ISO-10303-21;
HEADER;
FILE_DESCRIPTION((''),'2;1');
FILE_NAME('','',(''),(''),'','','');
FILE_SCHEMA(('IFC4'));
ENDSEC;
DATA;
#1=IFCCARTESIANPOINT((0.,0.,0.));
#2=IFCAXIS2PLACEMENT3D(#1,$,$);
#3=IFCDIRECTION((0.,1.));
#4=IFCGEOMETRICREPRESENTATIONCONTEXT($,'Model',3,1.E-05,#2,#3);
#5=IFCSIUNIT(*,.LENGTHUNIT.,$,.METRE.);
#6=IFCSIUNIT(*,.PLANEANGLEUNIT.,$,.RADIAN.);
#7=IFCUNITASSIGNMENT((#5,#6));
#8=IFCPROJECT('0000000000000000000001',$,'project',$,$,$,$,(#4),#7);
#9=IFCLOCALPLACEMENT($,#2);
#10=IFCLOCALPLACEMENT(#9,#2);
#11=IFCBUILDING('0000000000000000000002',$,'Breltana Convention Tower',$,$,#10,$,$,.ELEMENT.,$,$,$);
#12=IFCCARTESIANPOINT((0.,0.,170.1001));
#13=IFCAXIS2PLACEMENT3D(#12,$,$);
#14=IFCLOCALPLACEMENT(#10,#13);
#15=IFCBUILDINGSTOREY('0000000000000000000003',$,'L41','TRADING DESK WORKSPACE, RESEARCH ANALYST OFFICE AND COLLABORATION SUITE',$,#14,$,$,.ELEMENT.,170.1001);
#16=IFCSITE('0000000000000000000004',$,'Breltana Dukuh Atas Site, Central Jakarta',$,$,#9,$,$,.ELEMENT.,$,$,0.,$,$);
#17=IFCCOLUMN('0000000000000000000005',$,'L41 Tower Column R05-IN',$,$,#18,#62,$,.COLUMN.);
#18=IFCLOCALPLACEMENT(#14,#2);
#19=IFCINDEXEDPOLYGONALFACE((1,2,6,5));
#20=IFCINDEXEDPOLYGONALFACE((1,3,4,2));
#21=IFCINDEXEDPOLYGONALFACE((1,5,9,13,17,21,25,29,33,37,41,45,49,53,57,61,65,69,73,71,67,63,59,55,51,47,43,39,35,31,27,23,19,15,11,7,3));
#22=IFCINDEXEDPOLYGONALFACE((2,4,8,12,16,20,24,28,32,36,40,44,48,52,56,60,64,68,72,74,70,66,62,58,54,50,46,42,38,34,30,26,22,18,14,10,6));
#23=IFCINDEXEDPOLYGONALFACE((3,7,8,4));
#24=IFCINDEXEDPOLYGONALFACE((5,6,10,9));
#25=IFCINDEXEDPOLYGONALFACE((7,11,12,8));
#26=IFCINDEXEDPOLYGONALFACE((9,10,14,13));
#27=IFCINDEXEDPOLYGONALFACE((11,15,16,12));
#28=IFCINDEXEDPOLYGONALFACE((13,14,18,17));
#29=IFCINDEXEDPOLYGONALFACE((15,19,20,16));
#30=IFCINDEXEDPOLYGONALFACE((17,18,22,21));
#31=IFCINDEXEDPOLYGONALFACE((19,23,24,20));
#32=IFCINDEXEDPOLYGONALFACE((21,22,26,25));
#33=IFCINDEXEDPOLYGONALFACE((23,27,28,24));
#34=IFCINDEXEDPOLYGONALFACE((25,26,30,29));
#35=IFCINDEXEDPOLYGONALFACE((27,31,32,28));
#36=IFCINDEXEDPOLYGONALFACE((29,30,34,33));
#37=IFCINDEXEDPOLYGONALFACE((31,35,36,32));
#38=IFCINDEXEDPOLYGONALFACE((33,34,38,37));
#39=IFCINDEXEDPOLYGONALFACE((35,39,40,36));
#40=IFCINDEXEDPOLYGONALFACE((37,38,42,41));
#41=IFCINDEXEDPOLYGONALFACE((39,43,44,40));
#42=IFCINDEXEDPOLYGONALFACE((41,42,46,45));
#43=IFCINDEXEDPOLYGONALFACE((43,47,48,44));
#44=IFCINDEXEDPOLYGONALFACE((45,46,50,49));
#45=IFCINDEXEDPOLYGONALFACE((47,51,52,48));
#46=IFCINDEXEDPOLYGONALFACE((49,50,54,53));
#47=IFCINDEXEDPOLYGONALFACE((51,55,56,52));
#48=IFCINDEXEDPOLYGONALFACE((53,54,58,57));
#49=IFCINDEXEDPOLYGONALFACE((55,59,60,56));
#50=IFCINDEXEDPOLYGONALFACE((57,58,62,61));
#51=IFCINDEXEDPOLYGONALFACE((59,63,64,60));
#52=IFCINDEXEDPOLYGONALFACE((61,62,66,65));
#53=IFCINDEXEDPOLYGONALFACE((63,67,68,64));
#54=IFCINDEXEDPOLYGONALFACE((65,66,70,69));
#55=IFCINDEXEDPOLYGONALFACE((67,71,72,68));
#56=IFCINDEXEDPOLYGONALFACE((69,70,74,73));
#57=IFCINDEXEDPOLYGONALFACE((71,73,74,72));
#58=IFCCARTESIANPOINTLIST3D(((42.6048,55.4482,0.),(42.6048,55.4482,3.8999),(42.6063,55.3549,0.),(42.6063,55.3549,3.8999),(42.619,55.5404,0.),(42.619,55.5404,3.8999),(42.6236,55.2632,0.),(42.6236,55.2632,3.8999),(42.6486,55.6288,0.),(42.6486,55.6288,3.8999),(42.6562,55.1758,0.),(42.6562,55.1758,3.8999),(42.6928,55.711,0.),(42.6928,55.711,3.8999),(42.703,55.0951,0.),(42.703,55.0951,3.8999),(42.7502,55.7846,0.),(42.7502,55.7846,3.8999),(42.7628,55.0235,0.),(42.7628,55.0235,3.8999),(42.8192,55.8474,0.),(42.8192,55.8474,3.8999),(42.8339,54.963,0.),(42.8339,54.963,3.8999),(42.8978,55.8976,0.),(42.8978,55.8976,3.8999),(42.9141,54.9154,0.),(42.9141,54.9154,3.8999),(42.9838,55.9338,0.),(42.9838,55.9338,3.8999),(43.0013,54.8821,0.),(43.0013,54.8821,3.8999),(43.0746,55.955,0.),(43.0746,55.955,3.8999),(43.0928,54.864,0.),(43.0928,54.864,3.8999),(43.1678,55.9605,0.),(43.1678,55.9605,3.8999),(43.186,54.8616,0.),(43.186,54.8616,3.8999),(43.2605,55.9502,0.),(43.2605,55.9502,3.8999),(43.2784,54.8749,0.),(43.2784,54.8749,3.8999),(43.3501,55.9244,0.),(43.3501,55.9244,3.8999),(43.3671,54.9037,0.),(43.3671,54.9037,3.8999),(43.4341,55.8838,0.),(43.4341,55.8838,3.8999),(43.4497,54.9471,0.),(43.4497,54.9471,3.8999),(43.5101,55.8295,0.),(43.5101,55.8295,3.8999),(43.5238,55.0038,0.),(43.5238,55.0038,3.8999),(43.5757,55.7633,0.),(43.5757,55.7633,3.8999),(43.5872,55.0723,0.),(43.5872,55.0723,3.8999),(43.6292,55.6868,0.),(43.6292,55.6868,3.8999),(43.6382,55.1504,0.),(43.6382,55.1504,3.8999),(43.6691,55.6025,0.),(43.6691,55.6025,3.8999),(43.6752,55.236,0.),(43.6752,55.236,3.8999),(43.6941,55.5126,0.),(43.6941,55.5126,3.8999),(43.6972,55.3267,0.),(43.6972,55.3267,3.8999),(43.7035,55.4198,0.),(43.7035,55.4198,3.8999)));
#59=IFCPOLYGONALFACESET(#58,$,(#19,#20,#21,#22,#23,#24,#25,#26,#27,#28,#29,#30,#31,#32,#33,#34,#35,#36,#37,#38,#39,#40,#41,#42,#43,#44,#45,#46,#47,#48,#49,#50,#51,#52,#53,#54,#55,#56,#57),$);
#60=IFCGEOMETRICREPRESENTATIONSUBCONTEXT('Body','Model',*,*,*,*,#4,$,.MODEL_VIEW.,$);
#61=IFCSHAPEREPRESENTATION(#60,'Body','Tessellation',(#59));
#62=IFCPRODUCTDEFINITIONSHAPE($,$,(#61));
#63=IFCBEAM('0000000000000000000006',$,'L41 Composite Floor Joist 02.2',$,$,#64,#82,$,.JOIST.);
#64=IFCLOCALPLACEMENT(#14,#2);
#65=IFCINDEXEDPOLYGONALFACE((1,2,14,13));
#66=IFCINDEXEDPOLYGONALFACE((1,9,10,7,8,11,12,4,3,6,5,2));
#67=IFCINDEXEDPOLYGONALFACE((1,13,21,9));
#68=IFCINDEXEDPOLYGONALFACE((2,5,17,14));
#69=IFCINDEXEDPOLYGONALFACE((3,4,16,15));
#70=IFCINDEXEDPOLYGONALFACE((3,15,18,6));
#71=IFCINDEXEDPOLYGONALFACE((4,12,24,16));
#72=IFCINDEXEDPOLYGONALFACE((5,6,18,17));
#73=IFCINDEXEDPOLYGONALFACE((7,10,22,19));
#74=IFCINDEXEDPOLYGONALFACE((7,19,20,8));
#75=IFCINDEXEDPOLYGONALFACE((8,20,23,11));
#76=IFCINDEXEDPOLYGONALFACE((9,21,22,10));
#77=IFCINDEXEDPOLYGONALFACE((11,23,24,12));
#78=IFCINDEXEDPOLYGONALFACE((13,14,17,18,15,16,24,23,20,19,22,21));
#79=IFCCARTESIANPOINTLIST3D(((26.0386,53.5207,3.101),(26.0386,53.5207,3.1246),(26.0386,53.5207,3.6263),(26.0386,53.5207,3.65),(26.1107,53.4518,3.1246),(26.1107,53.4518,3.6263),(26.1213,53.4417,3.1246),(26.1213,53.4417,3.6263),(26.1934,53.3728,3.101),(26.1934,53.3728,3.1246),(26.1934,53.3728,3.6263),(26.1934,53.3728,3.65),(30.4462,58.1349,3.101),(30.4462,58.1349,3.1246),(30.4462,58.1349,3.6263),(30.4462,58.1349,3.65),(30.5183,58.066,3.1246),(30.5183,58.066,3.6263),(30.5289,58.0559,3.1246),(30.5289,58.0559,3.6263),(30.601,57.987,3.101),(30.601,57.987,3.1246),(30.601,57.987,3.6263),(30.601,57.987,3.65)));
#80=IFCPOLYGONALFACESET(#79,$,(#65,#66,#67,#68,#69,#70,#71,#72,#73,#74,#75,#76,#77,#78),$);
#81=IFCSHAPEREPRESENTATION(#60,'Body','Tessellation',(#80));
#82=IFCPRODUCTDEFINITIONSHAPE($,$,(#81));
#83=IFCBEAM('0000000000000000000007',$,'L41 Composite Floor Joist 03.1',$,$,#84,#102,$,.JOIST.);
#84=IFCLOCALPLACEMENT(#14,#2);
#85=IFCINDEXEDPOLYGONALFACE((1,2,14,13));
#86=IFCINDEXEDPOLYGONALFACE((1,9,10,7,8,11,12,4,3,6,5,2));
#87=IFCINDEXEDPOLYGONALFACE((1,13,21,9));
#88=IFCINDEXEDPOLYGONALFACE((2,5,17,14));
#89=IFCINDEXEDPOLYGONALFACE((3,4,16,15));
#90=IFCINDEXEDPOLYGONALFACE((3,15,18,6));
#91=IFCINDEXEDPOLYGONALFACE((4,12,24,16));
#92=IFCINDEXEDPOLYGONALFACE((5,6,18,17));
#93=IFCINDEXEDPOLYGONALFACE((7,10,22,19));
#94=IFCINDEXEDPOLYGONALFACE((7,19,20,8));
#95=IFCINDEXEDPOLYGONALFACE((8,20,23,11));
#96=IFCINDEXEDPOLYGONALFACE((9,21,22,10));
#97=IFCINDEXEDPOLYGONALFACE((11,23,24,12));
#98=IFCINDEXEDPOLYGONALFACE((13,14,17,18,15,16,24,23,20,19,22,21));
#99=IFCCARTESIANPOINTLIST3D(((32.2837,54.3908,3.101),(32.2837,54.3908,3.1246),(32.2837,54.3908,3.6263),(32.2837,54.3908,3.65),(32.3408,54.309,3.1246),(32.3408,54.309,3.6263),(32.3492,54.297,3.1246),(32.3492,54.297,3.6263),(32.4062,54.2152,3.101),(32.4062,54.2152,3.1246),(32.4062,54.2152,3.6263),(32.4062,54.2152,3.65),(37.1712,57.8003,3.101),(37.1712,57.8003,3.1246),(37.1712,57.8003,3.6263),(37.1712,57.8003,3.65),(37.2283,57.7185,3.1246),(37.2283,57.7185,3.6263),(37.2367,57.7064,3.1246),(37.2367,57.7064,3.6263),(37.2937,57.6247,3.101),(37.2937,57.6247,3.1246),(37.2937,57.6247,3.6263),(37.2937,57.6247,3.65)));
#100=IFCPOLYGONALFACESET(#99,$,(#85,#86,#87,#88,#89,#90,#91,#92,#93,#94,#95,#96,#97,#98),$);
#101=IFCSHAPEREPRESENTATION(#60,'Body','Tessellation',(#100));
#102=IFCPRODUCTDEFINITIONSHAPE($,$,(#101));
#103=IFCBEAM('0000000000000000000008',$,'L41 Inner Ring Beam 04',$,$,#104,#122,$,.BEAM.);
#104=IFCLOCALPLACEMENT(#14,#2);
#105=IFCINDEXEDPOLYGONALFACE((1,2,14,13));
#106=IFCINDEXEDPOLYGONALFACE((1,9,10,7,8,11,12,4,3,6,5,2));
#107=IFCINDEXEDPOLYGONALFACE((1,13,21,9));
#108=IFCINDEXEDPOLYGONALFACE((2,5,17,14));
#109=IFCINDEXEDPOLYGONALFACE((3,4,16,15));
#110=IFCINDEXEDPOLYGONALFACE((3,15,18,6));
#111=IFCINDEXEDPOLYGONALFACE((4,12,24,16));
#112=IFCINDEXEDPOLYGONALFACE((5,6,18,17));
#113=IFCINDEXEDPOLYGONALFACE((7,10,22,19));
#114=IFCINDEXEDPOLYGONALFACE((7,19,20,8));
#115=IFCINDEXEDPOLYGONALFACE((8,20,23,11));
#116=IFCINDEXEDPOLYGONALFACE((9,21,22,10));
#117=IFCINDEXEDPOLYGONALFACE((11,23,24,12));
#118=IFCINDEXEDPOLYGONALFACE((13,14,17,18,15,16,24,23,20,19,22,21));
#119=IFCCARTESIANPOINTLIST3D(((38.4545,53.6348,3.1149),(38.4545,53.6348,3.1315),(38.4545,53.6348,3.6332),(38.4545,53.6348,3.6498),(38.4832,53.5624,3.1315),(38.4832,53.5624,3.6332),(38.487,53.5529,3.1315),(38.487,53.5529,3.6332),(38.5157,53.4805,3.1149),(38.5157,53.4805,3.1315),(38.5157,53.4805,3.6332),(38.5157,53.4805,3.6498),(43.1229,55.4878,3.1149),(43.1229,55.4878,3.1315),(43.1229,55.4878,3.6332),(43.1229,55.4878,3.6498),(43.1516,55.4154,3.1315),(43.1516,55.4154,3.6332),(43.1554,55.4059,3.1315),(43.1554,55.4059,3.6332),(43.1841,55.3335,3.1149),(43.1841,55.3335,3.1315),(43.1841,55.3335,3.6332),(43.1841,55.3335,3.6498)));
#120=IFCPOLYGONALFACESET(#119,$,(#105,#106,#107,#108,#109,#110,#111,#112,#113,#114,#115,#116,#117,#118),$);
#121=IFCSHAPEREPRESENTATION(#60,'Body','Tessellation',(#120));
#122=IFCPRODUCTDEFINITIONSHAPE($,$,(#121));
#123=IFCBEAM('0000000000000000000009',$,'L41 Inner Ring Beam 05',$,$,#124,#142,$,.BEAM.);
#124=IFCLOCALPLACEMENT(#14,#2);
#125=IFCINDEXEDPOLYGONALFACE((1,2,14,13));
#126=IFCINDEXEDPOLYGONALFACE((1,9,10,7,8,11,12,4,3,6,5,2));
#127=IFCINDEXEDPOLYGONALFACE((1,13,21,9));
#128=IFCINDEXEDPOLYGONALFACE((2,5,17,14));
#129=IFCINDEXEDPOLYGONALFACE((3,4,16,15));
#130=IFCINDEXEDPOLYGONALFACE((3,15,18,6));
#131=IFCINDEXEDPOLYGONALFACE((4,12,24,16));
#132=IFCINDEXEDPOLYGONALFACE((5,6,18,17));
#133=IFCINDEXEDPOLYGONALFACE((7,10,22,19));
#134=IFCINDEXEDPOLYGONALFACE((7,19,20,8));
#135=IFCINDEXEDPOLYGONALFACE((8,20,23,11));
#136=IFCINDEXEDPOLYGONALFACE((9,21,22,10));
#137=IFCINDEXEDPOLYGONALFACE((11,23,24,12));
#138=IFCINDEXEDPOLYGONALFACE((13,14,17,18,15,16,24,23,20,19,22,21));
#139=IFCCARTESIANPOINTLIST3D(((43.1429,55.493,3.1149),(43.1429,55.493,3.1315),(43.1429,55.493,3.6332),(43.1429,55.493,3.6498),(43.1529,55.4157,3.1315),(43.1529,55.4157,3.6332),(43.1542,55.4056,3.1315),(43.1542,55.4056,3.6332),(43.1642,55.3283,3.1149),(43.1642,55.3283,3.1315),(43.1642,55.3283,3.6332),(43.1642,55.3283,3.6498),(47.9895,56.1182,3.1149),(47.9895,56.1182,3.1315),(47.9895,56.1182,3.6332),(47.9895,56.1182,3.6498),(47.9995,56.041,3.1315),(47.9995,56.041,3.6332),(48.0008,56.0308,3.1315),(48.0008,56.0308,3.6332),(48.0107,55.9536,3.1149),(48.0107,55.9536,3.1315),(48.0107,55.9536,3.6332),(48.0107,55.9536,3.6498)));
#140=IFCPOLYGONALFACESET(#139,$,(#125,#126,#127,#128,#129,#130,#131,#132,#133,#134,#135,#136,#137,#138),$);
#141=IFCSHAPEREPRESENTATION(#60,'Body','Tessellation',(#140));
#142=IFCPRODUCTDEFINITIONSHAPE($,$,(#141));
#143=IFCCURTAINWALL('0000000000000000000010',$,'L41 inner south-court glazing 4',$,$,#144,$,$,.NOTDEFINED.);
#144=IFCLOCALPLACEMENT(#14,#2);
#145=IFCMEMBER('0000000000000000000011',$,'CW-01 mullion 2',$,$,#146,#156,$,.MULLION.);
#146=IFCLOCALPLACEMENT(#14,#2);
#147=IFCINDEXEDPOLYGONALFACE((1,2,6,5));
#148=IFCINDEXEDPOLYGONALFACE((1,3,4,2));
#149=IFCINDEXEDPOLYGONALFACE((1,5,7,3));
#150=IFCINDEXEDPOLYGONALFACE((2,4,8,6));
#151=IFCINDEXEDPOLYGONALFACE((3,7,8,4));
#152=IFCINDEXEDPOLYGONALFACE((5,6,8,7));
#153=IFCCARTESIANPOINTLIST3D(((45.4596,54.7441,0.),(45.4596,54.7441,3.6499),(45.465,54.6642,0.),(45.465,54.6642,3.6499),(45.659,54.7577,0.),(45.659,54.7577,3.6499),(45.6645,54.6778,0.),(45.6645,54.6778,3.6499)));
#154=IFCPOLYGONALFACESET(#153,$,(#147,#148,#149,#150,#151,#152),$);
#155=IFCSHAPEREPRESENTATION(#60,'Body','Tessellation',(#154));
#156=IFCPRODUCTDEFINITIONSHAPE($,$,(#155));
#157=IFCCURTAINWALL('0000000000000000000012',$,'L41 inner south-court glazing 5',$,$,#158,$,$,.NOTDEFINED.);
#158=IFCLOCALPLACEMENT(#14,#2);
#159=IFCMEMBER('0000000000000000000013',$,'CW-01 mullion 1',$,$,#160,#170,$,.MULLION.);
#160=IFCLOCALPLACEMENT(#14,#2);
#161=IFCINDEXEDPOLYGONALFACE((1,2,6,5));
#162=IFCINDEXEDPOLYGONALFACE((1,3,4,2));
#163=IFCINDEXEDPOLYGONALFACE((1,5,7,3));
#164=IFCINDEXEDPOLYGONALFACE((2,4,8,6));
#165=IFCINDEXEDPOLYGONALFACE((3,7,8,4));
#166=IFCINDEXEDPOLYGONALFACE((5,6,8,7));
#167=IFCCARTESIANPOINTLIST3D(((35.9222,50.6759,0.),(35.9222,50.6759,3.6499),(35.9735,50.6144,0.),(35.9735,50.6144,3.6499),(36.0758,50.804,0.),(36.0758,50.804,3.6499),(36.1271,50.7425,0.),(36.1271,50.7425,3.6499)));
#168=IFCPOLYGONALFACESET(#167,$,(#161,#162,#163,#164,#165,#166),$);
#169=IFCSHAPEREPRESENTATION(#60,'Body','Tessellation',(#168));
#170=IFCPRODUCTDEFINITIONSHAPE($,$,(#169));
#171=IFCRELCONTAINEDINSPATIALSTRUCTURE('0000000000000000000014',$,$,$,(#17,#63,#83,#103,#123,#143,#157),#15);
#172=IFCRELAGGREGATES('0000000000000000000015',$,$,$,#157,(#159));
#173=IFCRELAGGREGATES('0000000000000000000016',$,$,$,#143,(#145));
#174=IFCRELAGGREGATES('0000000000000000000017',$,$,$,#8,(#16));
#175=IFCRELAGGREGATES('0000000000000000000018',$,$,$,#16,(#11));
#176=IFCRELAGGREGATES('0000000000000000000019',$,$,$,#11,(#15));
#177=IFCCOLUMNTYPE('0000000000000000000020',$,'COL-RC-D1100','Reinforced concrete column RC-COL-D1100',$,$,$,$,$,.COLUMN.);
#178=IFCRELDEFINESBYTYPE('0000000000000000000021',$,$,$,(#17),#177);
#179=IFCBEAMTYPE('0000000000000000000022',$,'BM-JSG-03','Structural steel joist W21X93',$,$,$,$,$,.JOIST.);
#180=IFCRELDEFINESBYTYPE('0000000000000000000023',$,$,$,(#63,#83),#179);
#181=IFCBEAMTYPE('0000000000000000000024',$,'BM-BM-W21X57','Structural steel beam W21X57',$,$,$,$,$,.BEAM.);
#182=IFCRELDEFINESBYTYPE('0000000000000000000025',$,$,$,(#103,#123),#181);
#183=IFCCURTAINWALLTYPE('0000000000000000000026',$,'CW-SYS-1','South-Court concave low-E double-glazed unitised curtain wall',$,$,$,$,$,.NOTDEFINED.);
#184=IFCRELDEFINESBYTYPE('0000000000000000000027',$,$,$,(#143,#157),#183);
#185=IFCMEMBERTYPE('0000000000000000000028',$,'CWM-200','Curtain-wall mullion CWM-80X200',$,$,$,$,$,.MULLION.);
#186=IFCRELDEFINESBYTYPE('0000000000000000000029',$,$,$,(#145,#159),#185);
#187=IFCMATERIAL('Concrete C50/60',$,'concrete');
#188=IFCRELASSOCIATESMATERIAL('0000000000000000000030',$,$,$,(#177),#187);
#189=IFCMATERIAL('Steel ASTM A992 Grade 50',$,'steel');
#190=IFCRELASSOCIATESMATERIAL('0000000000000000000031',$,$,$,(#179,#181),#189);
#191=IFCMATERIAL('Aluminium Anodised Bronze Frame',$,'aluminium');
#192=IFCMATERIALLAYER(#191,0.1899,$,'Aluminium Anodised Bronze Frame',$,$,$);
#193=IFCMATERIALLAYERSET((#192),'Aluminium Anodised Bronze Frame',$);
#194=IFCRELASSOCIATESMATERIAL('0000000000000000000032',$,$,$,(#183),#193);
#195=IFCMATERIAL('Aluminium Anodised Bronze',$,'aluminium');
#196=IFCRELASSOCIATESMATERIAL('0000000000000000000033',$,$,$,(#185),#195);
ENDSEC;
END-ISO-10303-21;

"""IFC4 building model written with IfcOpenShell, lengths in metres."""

from ifc_helpers import new_model, si_unit, direction, frame, origin, origin_2d, place, context, subcontext, project, spatial, rectangle, circle, i_section, extrude, source, transform, mapped, material, layer, layer_set, material_profile, profile_set, type_object, element, aggregate, save


model = new_model("IFC4")

# Units and contexts
model_context = context("Model", 3, precision=1e-05, world=origin(), true_north=direction((0.0, 1.0)))
body_context = subcontext(model_context, "Body", "Model", "MODEL_VIEW")
ifc_project = project(units=[si_unit("LENGTHUNIT", "METRE"), si_unit("PLANEANGLEUNIT", "RADIAN")], contexts=[model_context])

# Site, building, storey
site_placement = place(None, origin())
site = spatial("IfcSite", under=ifc_project, at=site_placement, Name="Breltana Dukuh Atas Site, Central Jakarta", CompositionType="ELEMENT", RefElevation=0.0)
building_placement = place(site_placement, origin())
building = spatial("IfcBuilding", under=site, at=building_placement, Name="Breltana Convention Tower", CompositionType="ELEMENT")
storey_placement = place(building_placement, frame((0.0, 0.0, 170.1001)))
storey = spatial("IfcBuildingStorey", under=building, at=storey_placement, Name="L41", Description="TRADING DESK WORKSPACE, RESEARCH ANALYST OFFICE AND COLLABORATION SUITE", CompositionType="ELEMENT", Elevation=170.1001)

# Column
ifc_material_1 = material(Name="Concrete C50/60", Category="concrete")
ifc_material_profile_1 = material_profile(ifc_material_1, circle(Radius=0.55, at=origin_2d()), Name="RC-COL-D1100")
ifc_profile_set_1 = profile_set([ifc_material_profile_1], Name="Concrete C50/60")
column_type = type_object("IfcColumnType", Name="COL-RC-D1100", Description="Reinforced concrete column RC-COL-D1100", PredefinedType="COLUMN", material=ifc_profile_set_1)
shared_shape_1 = source(origin(), body_context, "Body", "SweptSolid", [
    extrude(circle(Radius=0.55, at=origin_2d()), origin(), (0.0, 0.0, 1.0), 3.8999),
])
for number, where, z_axis, x_axis, name in (
    (1, (43.1536, 55.4106, 0.0), (0.0, 0.0, 1.0), (-0.143493, 0.989651, 0.0), "L41 Tower Column R05-IN"),
):
    element("IfcColumn", number, at=place(storey_placement, frame(where, z_axis=z_axis, x_axis=x_axis)), inside=storey, type_object=column_type, Name=name, PredefinedType="COLUMN", context=body_context, shape_type="MappedRepresentation", body=[
        mapped(shared_shape_1, transform((0.0, 0.0, 0.0), scale=1.0)),
    ])

# Beams
ifc_material_2 = material(Name="Steel ASTM A992 Grade 50", Category="steel")
ifc_material_profile_2 = material_profile(ifc_material_2, i_section(OverallWidth=0.2141, OverallDepth=0.5491, WebThickness=0.0146, FlangeThickness=0.0237, at=origin_2d()), Name="W21X93")
ifc_profile_set_2 = profile_set([ifc_material_profile_2], Name="Steel ASTM A992 Grade 50")
beam_type_1 = type_object("IfcBeamType", Name="BM-JSG-03", Description="Structural steel joist W21X93", PredefinedType="JOIST", material=ifc_profile_set_2)
shared_shape_2 = source(origin(), body_context, "Body", "SweptSolid", [
    extrude(i_section(OverallWidth=0.2141, OverallDepth=0.5491, WebThickness=0.0146, FlangeThickness=0.0237, at=origin_2d()), origin(), (0.0, 0.0, 1.0), 6.3811),
])
beam_1_placement = place(storey_placement, frame((26.116, 53.4468, 3.3755), z_axis=(0.690738, 0.723105, 0.0), x_axis=(-0.723105, 0.690738, 0.0)))
element("IfcBeam", 2, at=beam_1_placement, inside=storey, type_object=beam_type_1, Name="L41 Composite Floor Joist 02.2", PredefinedType="JOIST", context=body_context, shape_type="MappedRepresentation", body=[
    mapped(shared_shape_2, transform((0.0, 0.0, 0.0), scale=1.0)),
])
shared_shape_3 = source(origin(), body_context, "Body", "SweptSolid", [
    extrude(i_section(OverallWidth=0.2141, OverallDepth=0.5491, WebThickness=0.0146, FlangeThickness=0.0237, at=origin_2d()), origin(), (0.0, 0.0, 1.0), 5.9592),
])
beam_2_placement = place(storey_placement, frame((32.345, 54.303, 3.3755), z_axis=(0.82016, 0.572134, 0.0), x_axis=(-0.572134, 0.82016, 0.0)))
element("IfcBeam", 3, at=beam_2_placement, inside=storey, type_object=beam_type_1, Name="L41 Composite Floor Joist 03.1", PredefinedType="JOIST", context=body_context, shape_type="MappedRepresentation", body=[
    mapped(shared_shape_3, transform((0.0, 0.0, 0.0), scale=1.0)),
])
ifc_material_profile_3 = material_profile(ifc_material_2, i_section(OverallWidth=0.166, OverallDepth=0.5349, WebThickness=0.0103, FlangeThickness=0.0166, at=origin_2d()), Name="W21X57")
ifc_profile_set_3 = profile_set([ifc_material_profile_3], Name="Steel ASTM A992 Grade 50")
beam_type_2 = type_object("IfcBeamType", Name="BM-BM-W21X57", Description="Structural steel beam W21X57", PredefinedType="BEAM", material=ifc_profile_set_3)
shared_shape_4 = source(origin(), body_context, "Body", "SweptSolid", [
    extrude(i_section(OverallWidth=0.166, OverallDepth=0.5349, WebThickness=0.0103, FlangeThickness=0.0166, at=origin_2d()), origin(), (0.0, 0.0, 1.0), 5.0227),
])
beam_3_placement = place(storey_placement, frame((38.4851, 53.5576, 3.3823), z_axis=(0.929459, 0.368926, 0.0), x_axis=(-0.368926, 0.929459, 0.0)))
element("IfcBeam", 4, at=beam_3_placement, inside=storey, type_object=beam_type_2, Name="L41 Inner Ring Beam 04", PredefinedType="BEAM", context=body_context, shape_type="MappedRepresentation", body=[
    mapped(shared_shape_4, transform((0.0, 0.0, 0.0), scale=1.0)),
])
shared_shape_5 = source(origin(), body_context, "Body", "SweptSolid", [
    extrude(i_section(OverallWidth=0.166, OverallDepth=0.5349, WebThickness=0.0103, FlangeThickness=0.0166, at=origin_2d()), origin(), (0.0, 0.0, 1.0), 4.8867),
])
beam_4_placement = place(storey_placement, frame((43.1536, 55.4106, 3.3823), z_axis=(0.991781, 0.127951, 0.0), x_axis=(-0.127951, 0.991781, 0.0)))
element("IfcBeam", 5, at=beam_4_placement, inside=storey, type_object=beam_type_2, Name="L41 Inner Ring Beam 05", PredefinedType="BEAM", context=body_context, shape_type="MappedRepresentation", body=[
    mapped(shared_shape_5, transform((0.0, 0.0, 0.0), scale=1.0)),
])

# Curtain walls, members
ifc_material_3 = material(Name="Aluminium Anodised Bronze Frame", Category="aluminium")
ifc_layer_1 = layer(ifc_material_3, 0.1899, Name="Aluminium Anodised Bronze Frame")
ifc_layer_set_1 = layer_set([ifc_layer_1], Name="Aluminium Anodised Bronze Frame")
curtain_wall_type = type_object("IfcCurtainWallType", Name="CW-SYS-1", Description="South-Court concave low-E double-glazed unitised curtain wall", PredefinedType="NOTDEFINED", material=ifc_layer_set_1)
curtain_wall_1_placement = place(storey_placement, origin())
curtain_wall_1 = element("IfcCurtainWall", 6, at=curtain_wall_1_placement, inside=storey, type_object=curtain_wall_type, Name="L41 inner south-court glazing 4", PredefinedType="NOTDEFINED")
ifc_material_4 = material(Name="Aluminium Anodised Bronze", Category="aluminium")
ifc_material_profile_4 = material_profile(ifc_material_4, rectangle(XDim=0.0801, YDim=0.2, at=origin_2d()), Name="CWM-80X200")
ifc_profile_set_4 = profile_set([ifc_material_profile_4], Name="Aluminium Anodised Bronze")
member_type = type_object("IfcMemberType", Name="CWM-200", Description="Curtain-wall mullion CWM-80X200", PredefinedType="MULLION", material=ifc_profile_set_4)
shared_shape_6 = source(origin(), body_context, "Body", "SweptSolid", [
    extrude(rectangle(XDim=0.0801, YDim=0.2, at=origin_2d()), origin(), (0.0, 0.0, 1.0), 3.6499),
])
member_1_placement = place(storey_placement, frame((45.562, 54.7109, 0.0), z_axis=(0.0, 0.0, 1.0), x_axis=(0.067733, -0.997703, 0.0)))
member_1 = element("IfcMember", 7, at=member_1_placement, type_object=member_type, Name="CW-01 mullion 2", PredefinedType="MULLION", context=body_context, shape_type="MappedRepresentation", body=[
    mapped(shared_shape_6, transform((0.0, 0.0, 0.0), scale=1.0)),
])
curtain_wall_2_placement = place(storey_placement, origin())
curtain_wall_2 = element("IfcCurtainWall", 8, at=curtain_wall_2_placement, inside=storey, type_object=curtain_wall_type, Name="L41 inner south-court glazing 5", PredefinedType="NOTDEFINED")
member_2_placement = place(storey_placement, frame((36.0247, 50.7092, 0.0), z_axis=(0.0, 0.0, 1.0), x_axis=(0.640537, -0.767927, 0.0)))
member_2 = element("IfcMember", 9, at=member_2_placement, type_object=member_type, Name="CW-01 mullion 1", PredefinedType="MULLION", context=body_context, shape_type="MappedRepresentation", body=[
    mapped(shared_shape_6, transform((0.0, 0.0, 0.0), scale=1.0)),
])
aggregate(curtain_wall_2, [member_2])

aggregate(curtain_wall_1, [member_1])

save(model, "model.ifc")
